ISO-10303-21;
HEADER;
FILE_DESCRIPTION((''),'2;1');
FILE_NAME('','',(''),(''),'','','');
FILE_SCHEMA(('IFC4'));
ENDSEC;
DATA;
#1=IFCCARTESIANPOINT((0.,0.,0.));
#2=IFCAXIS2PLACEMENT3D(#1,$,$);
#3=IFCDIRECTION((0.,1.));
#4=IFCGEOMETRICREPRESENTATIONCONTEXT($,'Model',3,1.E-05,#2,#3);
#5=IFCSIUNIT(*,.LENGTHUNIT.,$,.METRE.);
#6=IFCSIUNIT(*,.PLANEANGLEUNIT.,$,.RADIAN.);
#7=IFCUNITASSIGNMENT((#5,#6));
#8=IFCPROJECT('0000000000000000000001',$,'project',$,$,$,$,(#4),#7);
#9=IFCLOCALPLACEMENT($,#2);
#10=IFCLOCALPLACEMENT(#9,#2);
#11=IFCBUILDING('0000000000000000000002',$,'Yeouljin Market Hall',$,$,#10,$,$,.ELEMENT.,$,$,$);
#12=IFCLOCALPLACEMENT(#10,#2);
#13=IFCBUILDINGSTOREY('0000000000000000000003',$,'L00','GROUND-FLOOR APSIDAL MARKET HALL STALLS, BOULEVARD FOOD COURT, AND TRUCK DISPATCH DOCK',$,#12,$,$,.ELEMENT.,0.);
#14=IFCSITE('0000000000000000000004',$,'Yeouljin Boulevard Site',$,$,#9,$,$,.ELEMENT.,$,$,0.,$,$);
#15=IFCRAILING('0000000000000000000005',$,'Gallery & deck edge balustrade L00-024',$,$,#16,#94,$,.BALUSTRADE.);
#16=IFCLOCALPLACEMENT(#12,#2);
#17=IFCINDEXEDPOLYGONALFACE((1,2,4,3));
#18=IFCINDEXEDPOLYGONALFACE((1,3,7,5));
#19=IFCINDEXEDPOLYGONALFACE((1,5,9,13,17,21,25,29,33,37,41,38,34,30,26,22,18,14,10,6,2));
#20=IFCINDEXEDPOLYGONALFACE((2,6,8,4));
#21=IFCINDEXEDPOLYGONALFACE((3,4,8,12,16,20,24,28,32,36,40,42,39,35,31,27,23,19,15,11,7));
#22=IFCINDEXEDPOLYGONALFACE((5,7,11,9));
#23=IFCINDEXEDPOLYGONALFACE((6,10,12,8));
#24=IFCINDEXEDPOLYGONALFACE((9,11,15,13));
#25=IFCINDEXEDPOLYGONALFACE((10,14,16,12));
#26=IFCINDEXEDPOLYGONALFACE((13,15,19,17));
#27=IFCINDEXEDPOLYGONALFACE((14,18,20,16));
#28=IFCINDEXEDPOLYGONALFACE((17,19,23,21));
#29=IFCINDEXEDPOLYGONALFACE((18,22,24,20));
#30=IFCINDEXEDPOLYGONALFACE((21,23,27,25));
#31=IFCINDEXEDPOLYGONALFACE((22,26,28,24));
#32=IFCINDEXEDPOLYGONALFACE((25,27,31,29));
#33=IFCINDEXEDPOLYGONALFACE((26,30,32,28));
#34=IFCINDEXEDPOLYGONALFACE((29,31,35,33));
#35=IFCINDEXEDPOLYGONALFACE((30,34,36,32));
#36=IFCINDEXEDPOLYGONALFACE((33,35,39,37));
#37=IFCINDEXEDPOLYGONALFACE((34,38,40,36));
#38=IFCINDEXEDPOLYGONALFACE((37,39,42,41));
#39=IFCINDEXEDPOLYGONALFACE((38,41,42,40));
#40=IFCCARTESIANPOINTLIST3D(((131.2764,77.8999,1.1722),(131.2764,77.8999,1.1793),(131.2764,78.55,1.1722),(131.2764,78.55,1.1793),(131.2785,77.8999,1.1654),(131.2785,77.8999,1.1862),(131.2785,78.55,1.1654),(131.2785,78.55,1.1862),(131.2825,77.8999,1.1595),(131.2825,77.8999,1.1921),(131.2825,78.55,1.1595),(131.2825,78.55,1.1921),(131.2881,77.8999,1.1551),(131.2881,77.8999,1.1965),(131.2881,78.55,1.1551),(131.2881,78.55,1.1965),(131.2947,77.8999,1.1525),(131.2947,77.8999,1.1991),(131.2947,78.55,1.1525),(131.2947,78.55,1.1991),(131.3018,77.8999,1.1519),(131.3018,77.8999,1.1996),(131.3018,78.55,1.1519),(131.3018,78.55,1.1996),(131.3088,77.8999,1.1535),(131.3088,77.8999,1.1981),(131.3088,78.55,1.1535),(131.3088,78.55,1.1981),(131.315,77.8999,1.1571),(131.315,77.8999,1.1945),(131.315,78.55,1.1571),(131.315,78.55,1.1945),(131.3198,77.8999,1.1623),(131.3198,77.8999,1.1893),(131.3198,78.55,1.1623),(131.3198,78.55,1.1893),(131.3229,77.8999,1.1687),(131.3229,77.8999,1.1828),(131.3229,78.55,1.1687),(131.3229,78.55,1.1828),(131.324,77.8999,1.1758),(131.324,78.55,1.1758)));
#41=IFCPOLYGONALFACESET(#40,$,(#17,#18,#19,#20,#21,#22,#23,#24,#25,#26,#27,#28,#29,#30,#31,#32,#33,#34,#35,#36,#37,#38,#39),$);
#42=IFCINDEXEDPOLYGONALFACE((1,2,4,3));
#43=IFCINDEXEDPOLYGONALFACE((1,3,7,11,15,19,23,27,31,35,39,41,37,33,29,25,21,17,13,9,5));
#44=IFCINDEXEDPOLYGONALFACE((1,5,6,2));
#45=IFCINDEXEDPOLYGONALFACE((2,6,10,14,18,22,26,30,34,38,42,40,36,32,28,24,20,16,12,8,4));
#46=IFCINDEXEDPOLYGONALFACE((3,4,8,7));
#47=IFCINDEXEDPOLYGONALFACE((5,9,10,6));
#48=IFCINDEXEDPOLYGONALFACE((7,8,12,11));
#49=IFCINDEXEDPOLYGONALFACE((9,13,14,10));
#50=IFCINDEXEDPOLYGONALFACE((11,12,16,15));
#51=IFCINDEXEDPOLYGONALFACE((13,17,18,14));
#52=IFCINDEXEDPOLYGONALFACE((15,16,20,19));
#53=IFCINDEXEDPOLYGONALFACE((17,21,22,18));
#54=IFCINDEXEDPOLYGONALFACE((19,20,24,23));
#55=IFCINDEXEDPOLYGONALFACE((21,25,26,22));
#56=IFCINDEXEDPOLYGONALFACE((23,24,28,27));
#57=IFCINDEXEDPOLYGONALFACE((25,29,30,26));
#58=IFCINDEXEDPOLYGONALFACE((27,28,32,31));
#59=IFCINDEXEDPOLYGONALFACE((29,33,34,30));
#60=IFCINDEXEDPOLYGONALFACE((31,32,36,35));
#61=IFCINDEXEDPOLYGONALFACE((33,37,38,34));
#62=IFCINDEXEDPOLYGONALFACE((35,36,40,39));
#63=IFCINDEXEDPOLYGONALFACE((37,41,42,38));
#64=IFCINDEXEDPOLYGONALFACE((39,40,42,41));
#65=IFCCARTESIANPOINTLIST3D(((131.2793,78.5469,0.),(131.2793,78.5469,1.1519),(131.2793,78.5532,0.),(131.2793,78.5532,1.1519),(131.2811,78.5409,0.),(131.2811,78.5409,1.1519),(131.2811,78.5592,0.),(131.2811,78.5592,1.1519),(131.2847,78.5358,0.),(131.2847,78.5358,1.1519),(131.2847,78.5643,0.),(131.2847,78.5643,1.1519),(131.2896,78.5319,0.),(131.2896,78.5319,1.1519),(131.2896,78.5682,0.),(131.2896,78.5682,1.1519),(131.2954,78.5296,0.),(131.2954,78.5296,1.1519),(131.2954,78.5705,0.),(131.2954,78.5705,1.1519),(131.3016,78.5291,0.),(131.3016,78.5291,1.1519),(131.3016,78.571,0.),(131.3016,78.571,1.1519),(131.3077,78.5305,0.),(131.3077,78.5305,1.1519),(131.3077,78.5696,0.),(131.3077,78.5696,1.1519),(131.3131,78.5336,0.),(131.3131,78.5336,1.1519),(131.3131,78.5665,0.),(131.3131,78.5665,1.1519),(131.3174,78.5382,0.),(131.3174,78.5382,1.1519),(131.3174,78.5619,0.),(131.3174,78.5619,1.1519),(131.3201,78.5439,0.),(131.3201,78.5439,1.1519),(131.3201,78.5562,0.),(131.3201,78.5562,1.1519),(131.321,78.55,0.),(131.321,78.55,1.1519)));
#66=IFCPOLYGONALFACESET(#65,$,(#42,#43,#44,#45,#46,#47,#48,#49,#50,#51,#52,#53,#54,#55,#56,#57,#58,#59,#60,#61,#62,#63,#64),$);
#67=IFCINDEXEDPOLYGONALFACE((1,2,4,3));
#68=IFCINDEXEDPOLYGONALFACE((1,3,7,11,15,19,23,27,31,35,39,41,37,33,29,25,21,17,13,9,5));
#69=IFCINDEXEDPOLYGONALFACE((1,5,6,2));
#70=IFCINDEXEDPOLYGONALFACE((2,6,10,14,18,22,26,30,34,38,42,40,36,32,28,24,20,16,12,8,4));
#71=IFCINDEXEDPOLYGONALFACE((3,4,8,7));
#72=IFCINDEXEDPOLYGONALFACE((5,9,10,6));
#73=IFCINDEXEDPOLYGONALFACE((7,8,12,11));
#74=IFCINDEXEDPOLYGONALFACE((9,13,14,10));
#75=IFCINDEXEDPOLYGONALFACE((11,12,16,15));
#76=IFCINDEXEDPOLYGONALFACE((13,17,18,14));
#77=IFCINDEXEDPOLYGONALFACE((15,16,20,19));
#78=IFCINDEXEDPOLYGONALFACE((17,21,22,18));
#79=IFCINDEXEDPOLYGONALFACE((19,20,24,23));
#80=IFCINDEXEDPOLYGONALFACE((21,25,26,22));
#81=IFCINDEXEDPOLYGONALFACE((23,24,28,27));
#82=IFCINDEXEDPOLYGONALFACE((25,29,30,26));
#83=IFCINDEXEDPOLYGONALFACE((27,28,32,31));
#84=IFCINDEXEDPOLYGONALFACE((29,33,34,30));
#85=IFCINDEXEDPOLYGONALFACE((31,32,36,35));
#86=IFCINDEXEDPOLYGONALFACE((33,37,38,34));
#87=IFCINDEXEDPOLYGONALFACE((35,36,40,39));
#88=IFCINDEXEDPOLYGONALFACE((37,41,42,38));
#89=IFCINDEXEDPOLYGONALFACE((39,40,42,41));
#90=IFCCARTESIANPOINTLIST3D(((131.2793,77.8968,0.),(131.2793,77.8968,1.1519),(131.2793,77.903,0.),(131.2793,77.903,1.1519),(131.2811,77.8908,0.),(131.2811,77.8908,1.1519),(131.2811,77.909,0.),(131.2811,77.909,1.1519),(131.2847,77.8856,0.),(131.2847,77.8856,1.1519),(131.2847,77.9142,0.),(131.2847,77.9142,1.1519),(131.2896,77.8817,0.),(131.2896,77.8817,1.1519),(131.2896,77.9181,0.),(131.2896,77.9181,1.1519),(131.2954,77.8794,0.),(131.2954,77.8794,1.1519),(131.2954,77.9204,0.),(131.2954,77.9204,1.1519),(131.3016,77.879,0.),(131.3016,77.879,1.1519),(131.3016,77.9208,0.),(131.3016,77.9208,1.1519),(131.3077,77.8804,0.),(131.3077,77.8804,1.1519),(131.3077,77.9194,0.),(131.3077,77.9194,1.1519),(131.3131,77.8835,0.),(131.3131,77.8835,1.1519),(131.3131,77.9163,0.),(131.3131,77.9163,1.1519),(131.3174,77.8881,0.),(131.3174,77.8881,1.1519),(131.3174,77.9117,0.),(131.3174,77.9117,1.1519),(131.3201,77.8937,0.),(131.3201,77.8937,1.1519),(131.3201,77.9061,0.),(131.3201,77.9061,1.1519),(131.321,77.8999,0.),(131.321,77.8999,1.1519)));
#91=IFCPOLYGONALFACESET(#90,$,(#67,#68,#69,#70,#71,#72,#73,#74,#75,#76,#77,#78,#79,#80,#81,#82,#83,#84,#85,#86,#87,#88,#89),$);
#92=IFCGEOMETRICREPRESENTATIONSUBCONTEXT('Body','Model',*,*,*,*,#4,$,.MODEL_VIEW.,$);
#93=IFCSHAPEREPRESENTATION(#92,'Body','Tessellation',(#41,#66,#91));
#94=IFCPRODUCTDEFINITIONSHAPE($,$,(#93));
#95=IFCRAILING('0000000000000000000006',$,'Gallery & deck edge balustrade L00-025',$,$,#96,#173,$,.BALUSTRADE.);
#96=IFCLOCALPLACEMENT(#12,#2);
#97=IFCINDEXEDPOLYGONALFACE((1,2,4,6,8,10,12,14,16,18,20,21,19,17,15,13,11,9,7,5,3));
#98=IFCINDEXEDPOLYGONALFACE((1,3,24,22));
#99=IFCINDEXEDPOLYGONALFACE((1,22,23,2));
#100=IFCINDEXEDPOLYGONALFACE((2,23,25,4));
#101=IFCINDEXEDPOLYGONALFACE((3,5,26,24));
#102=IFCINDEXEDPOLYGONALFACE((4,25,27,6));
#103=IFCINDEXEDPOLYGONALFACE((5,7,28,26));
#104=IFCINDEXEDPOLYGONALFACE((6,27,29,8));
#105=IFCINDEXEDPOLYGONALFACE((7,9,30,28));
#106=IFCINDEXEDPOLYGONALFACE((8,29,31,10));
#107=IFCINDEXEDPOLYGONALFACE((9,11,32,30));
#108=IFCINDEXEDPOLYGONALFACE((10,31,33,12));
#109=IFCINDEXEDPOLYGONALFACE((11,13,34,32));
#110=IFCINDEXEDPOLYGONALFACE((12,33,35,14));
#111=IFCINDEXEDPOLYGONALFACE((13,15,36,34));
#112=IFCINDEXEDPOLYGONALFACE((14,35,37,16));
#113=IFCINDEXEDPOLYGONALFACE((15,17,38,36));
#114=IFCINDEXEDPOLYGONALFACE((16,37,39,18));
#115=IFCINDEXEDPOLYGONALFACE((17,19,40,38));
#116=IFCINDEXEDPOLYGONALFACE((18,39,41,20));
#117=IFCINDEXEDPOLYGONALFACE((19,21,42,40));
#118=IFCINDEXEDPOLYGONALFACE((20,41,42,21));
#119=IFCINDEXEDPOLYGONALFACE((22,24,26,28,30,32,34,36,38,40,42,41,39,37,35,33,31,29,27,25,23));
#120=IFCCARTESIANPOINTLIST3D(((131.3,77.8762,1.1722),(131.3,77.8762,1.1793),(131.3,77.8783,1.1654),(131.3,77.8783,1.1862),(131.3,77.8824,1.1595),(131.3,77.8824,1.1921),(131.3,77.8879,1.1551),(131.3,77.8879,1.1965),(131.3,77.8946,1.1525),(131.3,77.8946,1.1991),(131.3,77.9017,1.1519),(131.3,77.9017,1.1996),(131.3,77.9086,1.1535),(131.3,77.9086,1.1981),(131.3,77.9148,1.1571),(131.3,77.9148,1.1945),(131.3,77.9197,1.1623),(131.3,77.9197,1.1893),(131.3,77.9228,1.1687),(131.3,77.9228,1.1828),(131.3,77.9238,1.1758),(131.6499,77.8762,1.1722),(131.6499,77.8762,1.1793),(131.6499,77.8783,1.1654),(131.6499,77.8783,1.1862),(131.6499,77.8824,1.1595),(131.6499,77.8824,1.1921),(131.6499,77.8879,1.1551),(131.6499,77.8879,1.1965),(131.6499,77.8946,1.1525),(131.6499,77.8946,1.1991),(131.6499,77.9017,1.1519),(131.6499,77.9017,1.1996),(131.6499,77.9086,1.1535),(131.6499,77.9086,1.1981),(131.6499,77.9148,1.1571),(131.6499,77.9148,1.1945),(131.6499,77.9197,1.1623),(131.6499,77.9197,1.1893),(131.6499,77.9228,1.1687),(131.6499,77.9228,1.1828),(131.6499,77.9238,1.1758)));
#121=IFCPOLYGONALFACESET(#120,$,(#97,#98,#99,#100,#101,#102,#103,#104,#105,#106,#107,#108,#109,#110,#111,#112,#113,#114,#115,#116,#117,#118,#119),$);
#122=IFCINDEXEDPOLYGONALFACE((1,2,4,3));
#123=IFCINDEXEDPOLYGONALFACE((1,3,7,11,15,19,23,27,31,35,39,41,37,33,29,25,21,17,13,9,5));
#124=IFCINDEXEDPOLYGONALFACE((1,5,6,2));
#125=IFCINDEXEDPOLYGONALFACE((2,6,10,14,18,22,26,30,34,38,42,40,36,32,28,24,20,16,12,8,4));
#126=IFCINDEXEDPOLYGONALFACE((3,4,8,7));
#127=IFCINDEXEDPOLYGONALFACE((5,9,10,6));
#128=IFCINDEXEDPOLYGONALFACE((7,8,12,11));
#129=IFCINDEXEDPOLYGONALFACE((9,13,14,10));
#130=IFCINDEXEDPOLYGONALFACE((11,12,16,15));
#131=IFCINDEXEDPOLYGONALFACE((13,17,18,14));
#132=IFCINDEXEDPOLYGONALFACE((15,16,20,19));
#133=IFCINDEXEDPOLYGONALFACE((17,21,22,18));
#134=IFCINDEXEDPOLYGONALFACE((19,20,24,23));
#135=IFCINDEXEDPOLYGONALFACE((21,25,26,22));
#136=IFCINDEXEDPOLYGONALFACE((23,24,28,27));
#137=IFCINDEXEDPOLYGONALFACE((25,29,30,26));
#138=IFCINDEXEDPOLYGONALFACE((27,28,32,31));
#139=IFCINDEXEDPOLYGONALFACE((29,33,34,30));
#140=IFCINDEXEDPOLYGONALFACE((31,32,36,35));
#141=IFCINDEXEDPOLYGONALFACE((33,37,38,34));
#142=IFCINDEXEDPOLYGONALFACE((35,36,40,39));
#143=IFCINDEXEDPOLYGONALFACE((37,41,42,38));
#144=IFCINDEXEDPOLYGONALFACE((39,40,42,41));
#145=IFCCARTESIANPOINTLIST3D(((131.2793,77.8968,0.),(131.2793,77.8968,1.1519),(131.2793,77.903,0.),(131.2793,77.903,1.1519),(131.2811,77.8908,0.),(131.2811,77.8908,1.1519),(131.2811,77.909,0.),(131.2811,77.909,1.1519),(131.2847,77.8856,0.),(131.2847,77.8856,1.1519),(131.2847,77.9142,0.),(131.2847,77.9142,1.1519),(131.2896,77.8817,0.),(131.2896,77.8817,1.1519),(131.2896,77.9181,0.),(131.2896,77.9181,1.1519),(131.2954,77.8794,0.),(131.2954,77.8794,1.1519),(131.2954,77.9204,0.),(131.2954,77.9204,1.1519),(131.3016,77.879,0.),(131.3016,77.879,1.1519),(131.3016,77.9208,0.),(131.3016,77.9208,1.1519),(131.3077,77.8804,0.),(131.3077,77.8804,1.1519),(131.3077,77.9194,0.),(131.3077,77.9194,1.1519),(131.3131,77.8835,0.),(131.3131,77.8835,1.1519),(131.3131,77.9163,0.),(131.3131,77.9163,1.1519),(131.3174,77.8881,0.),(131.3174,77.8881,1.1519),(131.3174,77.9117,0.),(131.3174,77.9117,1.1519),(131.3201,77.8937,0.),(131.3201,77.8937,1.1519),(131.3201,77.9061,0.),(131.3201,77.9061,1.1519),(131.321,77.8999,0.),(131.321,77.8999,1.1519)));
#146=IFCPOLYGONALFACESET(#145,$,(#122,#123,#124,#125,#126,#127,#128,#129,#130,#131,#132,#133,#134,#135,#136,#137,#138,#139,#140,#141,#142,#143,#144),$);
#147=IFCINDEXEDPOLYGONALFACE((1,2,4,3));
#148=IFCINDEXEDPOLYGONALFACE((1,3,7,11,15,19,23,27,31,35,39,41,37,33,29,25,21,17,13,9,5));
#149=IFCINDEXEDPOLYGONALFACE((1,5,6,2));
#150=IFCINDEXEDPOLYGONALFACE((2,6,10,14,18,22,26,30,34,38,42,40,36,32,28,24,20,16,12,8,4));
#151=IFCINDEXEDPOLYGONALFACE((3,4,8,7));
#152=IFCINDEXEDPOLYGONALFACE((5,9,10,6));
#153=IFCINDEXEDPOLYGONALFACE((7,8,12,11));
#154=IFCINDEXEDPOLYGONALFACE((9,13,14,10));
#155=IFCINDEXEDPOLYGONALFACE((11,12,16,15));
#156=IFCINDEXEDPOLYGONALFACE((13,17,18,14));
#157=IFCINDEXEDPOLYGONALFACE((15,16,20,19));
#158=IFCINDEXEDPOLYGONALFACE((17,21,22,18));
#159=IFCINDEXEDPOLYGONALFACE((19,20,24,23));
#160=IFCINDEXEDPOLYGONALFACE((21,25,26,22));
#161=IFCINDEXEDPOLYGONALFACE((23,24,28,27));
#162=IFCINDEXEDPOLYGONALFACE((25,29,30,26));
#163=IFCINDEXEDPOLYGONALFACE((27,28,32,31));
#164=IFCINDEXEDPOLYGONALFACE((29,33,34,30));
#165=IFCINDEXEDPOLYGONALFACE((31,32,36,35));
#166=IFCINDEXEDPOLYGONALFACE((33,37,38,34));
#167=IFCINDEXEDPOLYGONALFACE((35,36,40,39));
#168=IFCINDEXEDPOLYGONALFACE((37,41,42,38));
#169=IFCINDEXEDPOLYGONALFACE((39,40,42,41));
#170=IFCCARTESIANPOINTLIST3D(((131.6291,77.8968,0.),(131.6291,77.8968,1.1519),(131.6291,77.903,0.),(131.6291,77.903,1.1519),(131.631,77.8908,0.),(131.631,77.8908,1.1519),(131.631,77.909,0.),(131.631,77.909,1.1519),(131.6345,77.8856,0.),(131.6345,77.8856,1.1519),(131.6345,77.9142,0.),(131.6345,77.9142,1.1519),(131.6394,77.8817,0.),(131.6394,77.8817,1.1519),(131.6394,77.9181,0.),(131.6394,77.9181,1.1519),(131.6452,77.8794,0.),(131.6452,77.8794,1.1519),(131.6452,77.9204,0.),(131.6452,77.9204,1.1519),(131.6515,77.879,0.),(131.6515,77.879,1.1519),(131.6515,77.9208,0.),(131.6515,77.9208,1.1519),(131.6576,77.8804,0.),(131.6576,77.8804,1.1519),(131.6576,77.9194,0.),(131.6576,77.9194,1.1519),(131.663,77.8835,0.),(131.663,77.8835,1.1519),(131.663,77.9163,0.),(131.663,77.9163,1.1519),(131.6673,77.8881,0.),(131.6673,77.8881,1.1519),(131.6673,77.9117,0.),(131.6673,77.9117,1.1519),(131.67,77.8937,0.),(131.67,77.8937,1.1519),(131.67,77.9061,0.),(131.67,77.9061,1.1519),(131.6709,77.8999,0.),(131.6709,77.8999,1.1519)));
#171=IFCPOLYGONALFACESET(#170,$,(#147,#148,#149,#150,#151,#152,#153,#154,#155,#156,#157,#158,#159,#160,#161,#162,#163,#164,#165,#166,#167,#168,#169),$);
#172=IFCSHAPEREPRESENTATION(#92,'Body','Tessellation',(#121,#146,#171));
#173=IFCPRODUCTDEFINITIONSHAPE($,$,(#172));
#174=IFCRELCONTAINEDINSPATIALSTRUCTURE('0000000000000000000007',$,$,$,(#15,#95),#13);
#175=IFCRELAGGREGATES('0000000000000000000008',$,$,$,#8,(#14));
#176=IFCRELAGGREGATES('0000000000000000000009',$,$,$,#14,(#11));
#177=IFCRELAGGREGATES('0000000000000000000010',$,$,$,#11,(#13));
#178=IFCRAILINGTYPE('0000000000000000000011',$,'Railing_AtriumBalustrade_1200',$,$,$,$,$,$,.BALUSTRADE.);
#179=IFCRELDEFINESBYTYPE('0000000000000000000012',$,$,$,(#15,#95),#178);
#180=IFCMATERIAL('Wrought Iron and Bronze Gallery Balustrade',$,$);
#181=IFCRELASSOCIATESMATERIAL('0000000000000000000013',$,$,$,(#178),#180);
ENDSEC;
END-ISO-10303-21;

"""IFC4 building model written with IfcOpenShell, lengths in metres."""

from ifc_helpers import new_model, si_unit, direction, frame, origin, origin_2d, place, context, subcontext, project, spatial, circle, extrude, material, type_object, element, save


model = new_model("IFC4")

# Units and contexts
model_context = context("Model", 3, precision=1e-05, world=origin(), true_north=direction((0.0, 1.0)))
body_context = subcontext(model_context, "Body", "Model", "MODEL_VIEW")
ifc_project = project(units=[si_unit("LENGTHUNIT", "METRE"), si_unit("PLANEANGLEUNIT", "RADIAN")], contexts=[model_context])

# Site, building, storey
site_placement = place(None, origin())
site = spatial("IfcSite", under=ifc_project, at=site_placement, Name="Yeouljin Boulevard Site", CompositionType="ELEMENT", RefElevation=0.0)
building_placement = place(site_placement, origin())
building = spatial("IfcBuilding", under=site, at=building_placement, Name="Yeouljin Market Hall", CompositionType="ELEMENT")
storey_placement = place(building_placement, origin())
storey = spatial("IfcBuildingStorey", under=building, at=storey_placement, Name="L00", Description="GROUND-FLOOR APSIDAL MARKET HALL STALLS, BOULEVARD FOOD COURT, AND TRUCK DISPATCH DOCK", CompositionType="ELEMENT", Elevation=0.0)

# Railings
ifc_material_1 = material(Name="Wrought Iron and Bronze Gallery Balustrade")
railing_type = type_object("IfcRailingType", Name="Railing_AtriumBalustrade_1200", PredefinedType="BALUSTRADE", material=ifc_material_1)
railing_1_placement = place(storey_placement, frame((131.3, 78.55, 0.0)))
element("IfcRailing", 1, at=railing_1_placement, inside=storey, type_object=railing_type, Name="Gallery & deck edge balustrade L00-024", PredefinedType="BALUSTRADE", context=body_context, shape_type="SweptSolid", body=[
    extrude(circle(Radius=0.0239, at=origin_2d()), frame((0.0, 0.0, 1.1758), z_axis=(0.0, -1.0, 0.0), x_axis=(1.0, 0.0, 0.0)), (0.0, 0.0, 1.0), 0.6501),
    extrude(circle(Radius=0.021, at=origin_2d()), origin(), (0.0, 0.0, 1.0), 1.1519),
    extrude(circle(Radius=0.021, at=origin_2d()), frame((0.0, -0.6501, 0.0)), (0.0, 0.0, 1.0), 1.1519),
])
railing_2_placement = place(storey_placement, frame((131.3, 77.8999, 0.0)))
element("IfcRailing", 2, at=railing_2_placement, inside=storey, type_object=railing_type, Name="Gallery & deck edge balustrade L00-025", PredefinedType="BALUSTRADE", context=body_context, shape_type="SweptSolid", body=[
    extrude(circle(Radius=0.0239, at=origin_2d()), frame((0.0, 0.0, 1.1758), z_axis=(1.0, 0.0, 0.0), x_axis=(0.0, 1.0, 0.0)), (0.0, 0.0, 1.0), 0.3499),
    extrude(circle(Radius=0.021, at=origin_2d()), origin(), (0.0, 0.0, 1.0), 1.1519),
    extrude(circle(Radius=0.021, at=origin_2d()), frame((0.3499, 0.0, 0.0)), (0.0, 0.0, 1.0), 1.1519),
])

save(model, "model.ifc")
